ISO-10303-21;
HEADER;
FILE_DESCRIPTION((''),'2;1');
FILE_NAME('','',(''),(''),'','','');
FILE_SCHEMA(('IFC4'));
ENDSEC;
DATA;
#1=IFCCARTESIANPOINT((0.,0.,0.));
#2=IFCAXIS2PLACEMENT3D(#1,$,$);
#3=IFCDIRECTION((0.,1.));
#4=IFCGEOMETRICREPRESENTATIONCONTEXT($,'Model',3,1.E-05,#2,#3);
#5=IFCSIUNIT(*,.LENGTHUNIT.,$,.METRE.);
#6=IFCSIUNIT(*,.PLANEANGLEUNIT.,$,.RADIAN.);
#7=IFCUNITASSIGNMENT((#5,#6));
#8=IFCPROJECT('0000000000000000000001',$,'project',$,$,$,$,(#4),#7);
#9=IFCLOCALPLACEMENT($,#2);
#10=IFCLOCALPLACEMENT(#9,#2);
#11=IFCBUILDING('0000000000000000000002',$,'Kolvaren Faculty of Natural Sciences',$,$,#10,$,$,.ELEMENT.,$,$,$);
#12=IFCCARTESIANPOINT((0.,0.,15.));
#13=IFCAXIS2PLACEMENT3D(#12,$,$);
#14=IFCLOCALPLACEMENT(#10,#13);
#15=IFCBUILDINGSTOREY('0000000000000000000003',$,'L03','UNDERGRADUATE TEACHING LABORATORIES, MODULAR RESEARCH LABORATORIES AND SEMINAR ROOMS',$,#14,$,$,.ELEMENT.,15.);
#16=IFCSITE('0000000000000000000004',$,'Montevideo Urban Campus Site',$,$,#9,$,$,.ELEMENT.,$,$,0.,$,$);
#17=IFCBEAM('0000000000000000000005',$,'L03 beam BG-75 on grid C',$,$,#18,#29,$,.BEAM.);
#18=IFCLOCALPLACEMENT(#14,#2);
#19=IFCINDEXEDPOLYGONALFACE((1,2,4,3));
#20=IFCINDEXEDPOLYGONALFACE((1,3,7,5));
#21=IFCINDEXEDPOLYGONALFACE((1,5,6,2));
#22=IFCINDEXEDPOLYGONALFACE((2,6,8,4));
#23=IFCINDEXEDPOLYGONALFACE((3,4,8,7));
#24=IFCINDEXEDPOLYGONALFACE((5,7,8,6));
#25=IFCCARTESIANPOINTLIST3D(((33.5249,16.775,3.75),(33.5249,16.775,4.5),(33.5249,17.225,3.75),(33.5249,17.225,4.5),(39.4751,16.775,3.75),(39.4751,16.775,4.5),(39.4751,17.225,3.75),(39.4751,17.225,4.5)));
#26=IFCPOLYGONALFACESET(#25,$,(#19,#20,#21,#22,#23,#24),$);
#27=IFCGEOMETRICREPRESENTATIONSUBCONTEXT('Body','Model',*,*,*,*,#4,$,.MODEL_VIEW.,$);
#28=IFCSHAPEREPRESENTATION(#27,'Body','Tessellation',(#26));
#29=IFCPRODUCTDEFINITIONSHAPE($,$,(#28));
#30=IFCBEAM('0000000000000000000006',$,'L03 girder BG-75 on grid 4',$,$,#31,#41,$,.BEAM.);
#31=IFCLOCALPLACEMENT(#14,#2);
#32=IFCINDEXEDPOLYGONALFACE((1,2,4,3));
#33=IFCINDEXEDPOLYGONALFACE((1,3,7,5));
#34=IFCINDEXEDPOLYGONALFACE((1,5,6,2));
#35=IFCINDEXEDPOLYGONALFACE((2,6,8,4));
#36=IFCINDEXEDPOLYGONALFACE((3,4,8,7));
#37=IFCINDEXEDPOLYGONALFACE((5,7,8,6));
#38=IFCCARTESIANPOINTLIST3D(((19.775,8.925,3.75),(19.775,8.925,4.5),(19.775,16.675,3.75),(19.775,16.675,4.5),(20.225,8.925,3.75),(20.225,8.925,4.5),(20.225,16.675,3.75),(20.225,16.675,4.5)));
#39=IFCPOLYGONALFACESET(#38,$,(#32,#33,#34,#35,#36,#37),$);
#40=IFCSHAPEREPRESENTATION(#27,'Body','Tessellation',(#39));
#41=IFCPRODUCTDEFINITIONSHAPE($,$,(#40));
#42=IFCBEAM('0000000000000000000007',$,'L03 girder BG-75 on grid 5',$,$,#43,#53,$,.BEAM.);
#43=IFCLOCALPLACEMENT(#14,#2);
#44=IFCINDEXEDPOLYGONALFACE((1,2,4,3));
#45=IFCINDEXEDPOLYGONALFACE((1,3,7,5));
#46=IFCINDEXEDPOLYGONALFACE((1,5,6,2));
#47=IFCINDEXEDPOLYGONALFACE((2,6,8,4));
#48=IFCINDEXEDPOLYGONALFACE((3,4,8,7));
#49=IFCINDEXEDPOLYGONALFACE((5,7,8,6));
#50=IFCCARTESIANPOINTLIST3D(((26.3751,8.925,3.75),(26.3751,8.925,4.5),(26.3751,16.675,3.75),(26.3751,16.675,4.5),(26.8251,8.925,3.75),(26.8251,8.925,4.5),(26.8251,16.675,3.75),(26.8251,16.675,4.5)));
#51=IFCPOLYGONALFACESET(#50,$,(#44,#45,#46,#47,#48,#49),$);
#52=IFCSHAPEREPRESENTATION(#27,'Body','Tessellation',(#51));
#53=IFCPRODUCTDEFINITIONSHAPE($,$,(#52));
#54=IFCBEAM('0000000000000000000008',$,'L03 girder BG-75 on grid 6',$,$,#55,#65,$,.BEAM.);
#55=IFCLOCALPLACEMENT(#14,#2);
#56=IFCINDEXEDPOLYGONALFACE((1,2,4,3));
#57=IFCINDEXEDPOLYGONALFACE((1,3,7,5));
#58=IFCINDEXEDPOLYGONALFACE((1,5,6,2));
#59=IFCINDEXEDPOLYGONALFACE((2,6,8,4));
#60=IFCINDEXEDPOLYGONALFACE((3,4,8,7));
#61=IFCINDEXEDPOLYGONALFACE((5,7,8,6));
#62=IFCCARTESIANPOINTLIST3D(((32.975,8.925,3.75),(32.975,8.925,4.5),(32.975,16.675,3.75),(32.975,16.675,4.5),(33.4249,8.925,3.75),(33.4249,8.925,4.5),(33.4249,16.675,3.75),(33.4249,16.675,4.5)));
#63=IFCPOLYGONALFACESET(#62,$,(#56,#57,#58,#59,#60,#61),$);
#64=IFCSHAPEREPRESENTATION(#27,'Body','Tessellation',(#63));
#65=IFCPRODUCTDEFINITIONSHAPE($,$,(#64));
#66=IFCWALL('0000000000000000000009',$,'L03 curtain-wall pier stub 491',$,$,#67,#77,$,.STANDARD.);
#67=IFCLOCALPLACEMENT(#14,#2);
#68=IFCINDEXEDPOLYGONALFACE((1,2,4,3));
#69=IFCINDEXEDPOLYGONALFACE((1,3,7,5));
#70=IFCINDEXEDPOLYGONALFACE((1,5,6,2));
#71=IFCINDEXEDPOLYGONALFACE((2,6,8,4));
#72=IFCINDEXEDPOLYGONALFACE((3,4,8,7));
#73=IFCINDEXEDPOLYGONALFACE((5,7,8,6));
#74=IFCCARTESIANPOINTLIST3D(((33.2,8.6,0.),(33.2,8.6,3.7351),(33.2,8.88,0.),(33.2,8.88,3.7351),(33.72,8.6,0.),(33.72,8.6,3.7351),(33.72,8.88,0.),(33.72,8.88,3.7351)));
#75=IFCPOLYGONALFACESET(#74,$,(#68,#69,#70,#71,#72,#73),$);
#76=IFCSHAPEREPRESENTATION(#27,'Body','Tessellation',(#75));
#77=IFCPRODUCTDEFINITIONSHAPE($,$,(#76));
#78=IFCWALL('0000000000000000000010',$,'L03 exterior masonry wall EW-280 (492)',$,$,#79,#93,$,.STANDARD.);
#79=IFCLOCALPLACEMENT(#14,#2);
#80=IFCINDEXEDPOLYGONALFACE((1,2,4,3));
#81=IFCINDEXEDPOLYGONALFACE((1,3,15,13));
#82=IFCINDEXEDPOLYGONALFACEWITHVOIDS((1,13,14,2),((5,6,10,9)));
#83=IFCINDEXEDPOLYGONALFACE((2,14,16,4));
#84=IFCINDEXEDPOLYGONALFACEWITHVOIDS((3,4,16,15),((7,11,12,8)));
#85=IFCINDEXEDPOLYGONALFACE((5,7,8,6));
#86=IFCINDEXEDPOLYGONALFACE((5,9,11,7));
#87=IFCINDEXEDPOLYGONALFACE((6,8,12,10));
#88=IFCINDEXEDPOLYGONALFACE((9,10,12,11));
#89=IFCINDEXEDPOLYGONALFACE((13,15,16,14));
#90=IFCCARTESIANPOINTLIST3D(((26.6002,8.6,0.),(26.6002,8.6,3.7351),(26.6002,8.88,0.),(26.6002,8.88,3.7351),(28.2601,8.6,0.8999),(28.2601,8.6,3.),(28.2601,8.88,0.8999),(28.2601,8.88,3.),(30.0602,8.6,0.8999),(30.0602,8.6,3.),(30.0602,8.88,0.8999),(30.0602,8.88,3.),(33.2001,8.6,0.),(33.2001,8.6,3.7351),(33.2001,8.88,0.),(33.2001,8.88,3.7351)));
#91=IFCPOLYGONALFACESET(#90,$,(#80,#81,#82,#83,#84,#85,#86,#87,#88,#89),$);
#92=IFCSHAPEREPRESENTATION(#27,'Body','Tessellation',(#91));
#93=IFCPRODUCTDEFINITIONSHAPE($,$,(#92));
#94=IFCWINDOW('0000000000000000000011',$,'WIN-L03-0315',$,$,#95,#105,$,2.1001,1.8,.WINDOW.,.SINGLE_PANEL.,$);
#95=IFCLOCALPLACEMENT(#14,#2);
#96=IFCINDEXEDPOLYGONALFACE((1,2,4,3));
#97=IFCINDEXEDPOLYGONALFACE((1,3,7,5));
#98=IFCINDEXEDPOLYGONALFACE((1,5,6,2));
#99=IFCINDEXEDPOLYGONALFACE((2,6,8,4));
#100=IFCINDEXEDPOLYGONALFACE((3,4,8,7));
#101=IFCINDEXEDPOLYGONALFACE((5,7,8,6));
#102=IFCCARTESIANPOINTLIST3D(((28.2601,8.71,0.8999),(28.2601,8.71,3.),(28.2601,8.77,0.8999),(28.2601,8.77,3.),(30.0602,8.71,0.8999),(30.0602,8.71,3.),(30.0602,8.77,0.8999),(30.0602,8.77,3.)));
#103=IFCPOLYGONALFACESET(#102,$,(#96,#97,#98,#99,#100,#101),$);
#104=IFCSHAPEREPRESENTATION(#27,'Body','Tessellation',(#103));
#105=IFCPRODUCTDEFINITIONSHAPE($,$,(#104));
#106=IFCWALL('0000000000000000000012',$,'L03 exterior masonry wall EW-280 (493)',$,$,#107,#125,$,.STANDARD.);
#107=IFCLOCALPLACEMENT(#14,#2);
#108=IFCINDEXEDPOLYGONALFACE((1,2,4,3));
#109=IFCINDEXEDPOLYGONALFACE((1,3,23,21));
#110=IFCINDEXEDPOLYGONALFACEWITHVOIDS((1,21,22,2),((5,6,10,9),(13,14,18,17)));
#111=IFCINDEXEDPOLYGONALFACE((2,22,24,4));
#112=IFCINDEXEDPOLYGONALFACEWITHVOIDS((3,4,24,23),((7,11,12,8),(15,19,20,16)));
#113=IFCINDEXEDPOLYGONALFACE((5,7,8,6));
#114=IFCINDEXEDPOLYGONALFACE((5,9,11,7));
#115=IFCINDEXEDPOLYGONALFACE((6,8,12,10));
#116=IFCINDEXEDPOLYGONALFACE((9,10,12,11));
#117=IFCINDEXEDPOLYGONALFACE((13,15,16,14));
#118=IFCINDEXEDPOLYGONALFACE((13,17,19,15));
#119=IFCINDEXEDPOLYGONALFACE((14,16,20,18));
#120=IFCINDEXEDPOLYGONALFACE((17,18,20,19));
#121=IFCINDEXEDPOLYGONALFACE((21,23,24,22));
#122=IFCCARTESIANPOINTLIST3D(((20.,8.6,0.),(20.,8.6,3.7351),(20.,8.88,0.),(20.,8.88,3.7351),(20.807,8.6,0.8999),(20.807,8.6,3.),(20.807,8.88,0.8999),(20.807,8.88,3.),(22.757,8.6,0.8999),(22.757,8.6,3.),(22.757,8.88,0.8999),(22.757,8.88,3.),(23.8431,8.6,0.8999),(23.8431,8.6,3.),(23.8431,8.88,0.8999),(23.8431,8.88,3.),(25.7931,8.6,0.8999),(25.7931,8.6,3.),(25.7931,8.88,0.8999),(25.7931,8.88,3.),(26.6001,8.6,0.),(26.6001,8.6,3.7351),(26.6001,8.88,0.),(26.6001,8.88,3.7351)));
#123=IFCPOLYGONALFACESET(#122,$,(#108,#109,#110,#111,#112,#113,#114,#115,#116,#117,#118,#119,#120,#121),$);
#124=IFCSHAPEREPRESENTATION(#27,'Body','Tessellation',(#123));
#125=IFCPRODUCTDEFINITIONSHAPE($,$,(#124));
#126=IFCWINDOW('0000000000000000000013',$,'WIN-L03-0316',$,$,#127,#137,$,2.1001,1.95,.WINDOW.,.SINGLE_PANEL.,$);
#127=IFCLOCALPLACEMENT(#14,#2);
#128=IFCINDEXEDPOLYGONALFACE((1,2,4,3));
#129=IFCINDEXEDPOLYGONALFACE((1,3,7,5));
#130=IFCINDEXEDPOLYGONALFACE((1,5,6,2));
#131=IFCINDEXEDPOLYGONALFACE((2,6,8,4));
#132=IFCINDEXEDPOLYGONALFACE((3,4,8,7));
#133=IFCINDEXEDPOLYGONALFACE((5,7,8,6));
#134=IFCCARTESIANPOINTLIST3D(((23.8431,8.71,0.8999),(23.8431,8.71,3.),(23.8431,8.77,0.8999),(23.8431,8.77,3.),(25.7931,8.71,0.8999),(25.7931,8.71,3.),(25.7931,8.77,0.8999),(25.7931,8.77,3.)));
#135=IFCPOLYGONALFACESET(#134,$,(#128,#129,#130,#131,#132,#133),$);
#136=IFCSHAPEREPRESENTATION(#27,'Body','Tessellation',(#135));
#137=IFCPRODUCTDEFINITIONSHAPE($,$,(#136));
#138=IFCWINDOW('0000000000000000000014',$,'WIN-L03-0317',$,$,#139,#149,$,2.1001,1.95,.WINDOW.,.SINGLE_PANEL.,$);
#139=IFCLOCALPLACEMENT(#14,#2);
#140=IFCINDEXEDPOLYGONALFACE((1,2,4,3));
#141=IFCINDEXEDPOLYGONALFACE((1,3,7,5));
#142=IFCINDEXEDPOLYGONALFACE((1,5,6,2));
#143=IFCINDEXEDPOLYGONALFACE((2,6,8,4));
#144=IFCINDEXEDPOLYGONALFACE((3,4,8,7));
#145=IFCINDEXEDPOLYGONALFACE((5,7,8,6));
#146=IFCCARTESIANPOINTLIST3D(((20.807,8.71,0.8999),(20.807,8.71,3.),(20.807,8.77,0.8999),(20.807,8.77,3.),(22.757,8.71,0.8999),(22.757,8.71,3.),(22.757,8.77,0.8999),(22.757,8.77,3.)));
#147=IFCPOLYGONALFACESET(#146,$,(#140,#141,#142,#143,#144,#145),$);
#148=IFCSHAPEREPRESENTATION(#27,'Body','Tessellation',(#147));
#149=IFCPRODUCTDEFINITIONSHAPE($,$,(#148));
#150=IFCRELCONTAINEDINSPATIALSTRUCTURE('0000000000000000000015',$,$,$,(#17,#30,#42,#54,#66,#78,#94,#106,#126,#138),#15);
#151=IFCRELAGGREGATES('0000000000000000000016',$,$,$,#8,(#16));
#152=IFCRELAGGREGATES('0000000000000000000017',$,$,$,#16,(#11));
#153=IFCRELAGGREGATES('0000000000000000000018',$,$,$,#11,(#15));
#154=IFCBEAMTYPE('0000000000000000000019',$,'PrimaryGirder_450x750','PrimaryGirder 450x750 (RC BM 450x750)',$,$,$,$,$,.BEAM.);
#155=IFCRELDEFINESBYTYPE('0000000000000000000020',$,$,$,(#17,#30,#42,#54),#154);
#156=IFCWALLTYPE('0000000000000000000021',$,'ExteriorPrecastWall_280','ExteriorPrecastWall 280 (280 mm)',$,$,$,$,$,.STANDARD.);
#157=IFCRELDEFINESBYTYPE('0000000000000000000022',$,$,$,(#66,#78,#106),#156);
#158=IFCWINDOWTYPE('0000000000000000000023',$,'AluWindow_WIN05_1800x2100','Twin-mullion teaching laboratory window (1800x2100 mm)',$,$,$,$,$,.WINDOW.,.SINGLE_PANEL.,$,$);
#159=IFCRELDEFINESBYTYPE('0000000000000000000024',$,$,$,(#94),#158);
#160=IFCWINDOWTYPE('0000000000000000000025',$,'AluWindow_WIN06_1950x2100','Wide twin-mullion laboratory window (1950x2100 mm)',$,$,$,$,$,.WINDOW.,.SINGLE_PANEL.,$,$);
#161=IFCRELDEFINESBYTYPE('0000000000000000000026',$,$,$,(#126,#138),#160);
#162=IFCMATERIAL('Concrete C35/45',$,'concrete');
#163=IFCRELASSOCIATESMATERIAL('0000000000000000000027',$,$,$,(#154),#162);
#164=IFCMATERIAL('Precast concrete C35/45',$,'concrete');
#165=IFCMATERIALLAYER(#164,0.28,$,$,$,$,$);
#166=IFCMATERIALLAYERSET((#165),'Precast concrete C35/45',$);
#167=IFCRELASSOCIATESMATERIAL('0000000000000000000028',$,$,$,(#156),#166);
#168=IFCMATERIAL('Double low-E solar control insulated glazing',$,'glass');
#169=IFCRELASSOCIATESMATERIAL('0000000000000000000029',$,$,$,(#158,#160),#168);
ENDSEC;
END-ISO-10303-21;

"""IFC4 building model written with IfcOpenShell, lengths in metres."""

from ifc_helpers import new_model, si_unit, direction, frame, frame_2d, origin, origin_2d, place, context, subcontext, project, spatial, rectangle, extrude, material, layer, layer_set, material_profile, profile_set, type_object, element, fill, save


model = new_model("IFC4")

# Units and contexts
model_context = context("Model", 3, precision=1e-05, world=origin(), true_north=direction((0.0, 1.0)))
body_context = subcontext(model_context, "Body", "Model", "MODEL_VIEW")
ifc_project = project(units=[si_unit("LENGTHUNIT", "METRE"), si_unit("PLANEANGLEUNIT", "RADIAN")], contexts=[model_context])

# Site, building, storey
site_placement = place(None, origin())
site = spatial("IfcSite", under=ifc_project, at=site_placement, Name="Montevideo Urban Campus Site", CompositionType="ELEMENT", RefElevation=0.0)
building_placement = place(site_placement, origin())
building = spatial("IfcBuilding", under=site, at=building_placement, Name="Kolvaren Faculty of Natural Sciences", CompositionType="ELEMENT")
storey_placement = place(building_placement, frame((0.0, 0.0, 15.0)))
storey = spatial("IfcBuildingStorey", under=building, at=storey_placement, Name="L03", Description="UNDERGRADUATE TEACHING LABORATORIES, MODULAR RESEARCH LABORATORIES AND SEMINAR ROOMS", CompositionType="ELEMENT", Elevation=15.0)

# Shared definitions
ifc_material_1 = material(Name="Concrete C35/45", Category="concrete")

# Beams
ifc_material_profile_1 = material_profile(ifc_material_1, rectangle(XDim=0.45, YDim=0.75, at=origin_2d()), Name="RC BM 450x750")
ifc_profile_set_1 = profile_set([ifc_material_profile_1], Name="Concrete C35/45")
beam_type_1 = type_object("IfcBeamType", Name="PrimaryGirder_450x750", Description="PrimaryGirder 450x750 (RC BM 450x750)", PredefinedType="BEAM", material=ifc_profile_set_1)
beam_1_placement = place(storey_placement, frame((33.5249, 17.0, 4.125), z_axis=(1.0, 0.0, 0.0), x_axis=(0.0, 1.0, 0.0)))
element("IfcBeam", 1, at=beam_1_placement, inside=storey, type_object=beam_type_1, Name="L03 beam BG-75 on grid C", PredefinedType="BEAM", context=body_context, shape_type="SweptSolid", body=[
    extrude(rectangle(XDim=0.45, YDim=0.75, at=origin_2d()), origin(), (0.0, 0.0, 1.0), 5.9502),
])
for number, where, z_axis, x_axis, name in (
    (2, (20.0, 8.925, 4.125), (0.0, 1.0, 0.0), (-1.0, 0.0, 0.0), "L03 girder BG-75 on grid 4"),
    (3, (26.6001, 8.925, 4.125), (0.0, 1.0, 0.0), (-1.0, 0.0, 0.0), "L03 girder BG-75 on grid 5"),
    (4, (33.2, 8.925, 4.125), (0.0, 1.0, 0.0), (-1.0, 0.0, 0.0), "L03 girder BG-75 on grid 6"),
):
    element("IfcBeam", number, at=place(storey_placement, frame(where, z_axis=z_axis, x_axis=x_axis)), inside=storey, type_object=beam_type_1, Name=name, PredefinedType="BEAM", context=body_context, shape_type="SweptSolid", body=[
        extrude(rectangle(XDim=0.45, YDim=0.75, at=origin_2d()), origin(), (0.0, 0.0, 1.0), 7.75),
    ])

# Wall
ifc_material_2 = material(Name="Precast concrete C35/45", Category="concrete")
ifc_layer_1 = layer(ifc_material_2, 0.28)
ifc_layer_set_1 = layer_set([ifc_layer_1], Name="Precast concrete C35/45")
wall_type = type_object("IfcWallType", Name="ExteriorPrecastWall_280", Description="ExteriorPrecastWall 280 (280 mm)", PredefinedType="STANDARD", material=ifc_layer_set_1)
wall_1_placement = place(storey_placement, frame((33.72, 8.74, 0.0), z_axis=(0.0, 0.0, 1.0), x_axis=(-1.0, 0.0, 0.0)))
element("IfcWall", 5, at=wall_1_placement, inside=storey, type_object=wall_type, Name="L03 curtain-wall pier stub 491", PredefinedType="STANDARD", context=body_context, shape_type="SweptSolid", body=[
    extrude(rectangle(XDim=0.52, YDim=0.28, at=frame_2d((0.26, 0.0))), origin(), (0.0, 0.0, 1.0), 3.7351),
])

# Wall, opening, window
wall_2_placement = place(storey_placement, frame((33.2, 8.74, 0.0), z_axis=(0.0, 0.0, 1.0), x_axis=(-1.0, 0.0, 0.0)))
wall_2 = element("IfcWall", 6, at=wall_2_placement, inside=storey, type_object=wall_type, Name="L03 exterior masonry wall EW-280 (492)", PredefinedType="STANDARD", context=body_context, shape_type="SweptSolid", body=[
    extrude(rectangle(XDim=6.5999, YDim=0.28, at=frame_2d((3.2998, 0.0))), origin(), (0.0, 0.0, 1.0), 3.7351),
])
opening_1_placement = place(wall_2_placement, frame((3.1399, 0.0, 0.8999)))
opening_1 = element("IfcOpeningElement", 7, at=opening_1_placement, cuts=wall_2, PredefinedType="OPENING", context=body_context, shape_type="SweptSolid", body=[
    extrude(rectangle(XDim=1.8, YDim=2.1001, at=frame_2d((0.8999, 1.05))), frame((0.0, 0.1499, 0.0), z_axis=(0.0, -1.0, 0.0), x_axis=(1.0, 0.0, 0.0)), (0.0, 0.0, 1.0), 0.3),
])
ifc_material_3 = material(Name="Double low-E solar control insulated glazing", Category="glass")
window_type_1 = type_object("IfcWindowType", Name="AluWindow_WIN05_1800x2100", Description="Twin-mullion teaching laboratory window (1800x2100 mm)", PartitioningType="SINGLE_PANEL", PredefinedType="WINDOW", material=ifc_material_3)
window_1_placement = place(opening_1_placement, origin())
window_1 = element("IfcWindow", 8, at=window_1_placement, inside=storey, type_object=window_type_1, Name="WIN-L03-0315", OverallHeight=2.1001, OverallWidth=1.8, PartitioningType="SINGLE_PANEL", PredefinedType="WINDOW", context=body_context, shape_type="SweptSolid", body=[
    extrude(rectangle(XDim=1.8, YDim=2.1001, at=frame_2d((0.8999, 1.05))), frame((0.0, 0.03, 0.0), z_axis=(0.0, -1.0, 0.0), x_axis=(1.0, 0.0, 0.0)), (0.0, 0.0, 1.0), 0.0601),
])
fill(opening_1, window_1)

# Wall, openings, windows
wall_3_placement = place(storey_placement, frame((26.6001, 8.74, 0.0), z_axis=(0.0, 0.0, 1.0), x_axis=(-1.0, 0.0, 0.0)))
wall_3 = element("IfcWall", 9, at=wall_3_placement, inside=storey, type_object=wall_type, Name="L03 exterior masonry wall EW-280 (493)", PredefinedType="STANDARD", context=body_context, shape_type="SweptSolid", body=[
    extrude(rectangle(XDim=6.6001, YDim=0.28, at=frame_2d((3.3, 0.0))), origin(), (0.0, 0.0, 1.0), 3.7351),
])
opening_2_placement = place(wall_3_placement, frame((0.8069, 0.0, 0.8999)))
opening_2 = element("IfcOpeningElement", 10, at=opening_2_placement, cuts=wall_3, PredefinedType="OPENING", context=body_context, shape_type="SweptSolid", body=[
    extrude(rectangle(XDim=1.95, YDim=2.1001, at=frame_2d((0.9751, 1.05))), frame((0.0, 0.1499, 0.0), z_axis=(0.0, -1.0, 0.0), x_axis=(1.0, 0.0, 0.0)), (0.0, 0.0, 1.0), 0.3),
])
opening_3_placement = place(wall_3_placement, frame((3.843, 0.0, 0.8999)))
opening_3 = element("IfcOpeningElement", 11, at=opening_3_placement, cuts=wall_3, PredefinedType="OPENING", context=body_context, shape_type="SweptSolid", body=[
    extrude(rectangle(XDim=1.95, YDim=2.1001, at=frame_2d((0.9751, 1.05))), frame((0.0, 0.1499, 0.0), z_axis=(0.0, -1.0, 0.0), x_axis=(1.0, 0.0, 0.0)), (0.0, 0.0, 1.0), 0.3),
])
window_type_2 = type_object("IfcWindowType", Name="AluWindow_WIN06_1950x2100", Description="Wide twin-mullion laboratory window (1950x2100 mm)", PartitioningType="SINGLE_PANEL", PredefinedType="WINDOW", material=ifc_material_3)
window_2_placement = place(opening_2_placement, origin())
window_2 = element("IfcWindow", 12, at=window_2_placement, inside=storey, type_object=window_type_2, Name="WIN-L03-0316", OverallHeight=2.1001, OverallWidth=1.95, PartitioningType="SINGLE_PANEL", PredefinedType="WINDOW", context=body_context, shape_type="SweptSolid", body=[
    extrude(rectangle(XDim=1.95, YDim=2.1001, at=frame_2d((0.9751, 1.05))), frame((0.0, 0.03, 0.0), z_axis=(0.0, -1.0, 0.0), x_axis=(1.0, 0.0, 0.0)), (0.0, 0.0, 1.0), 0.0601),
])
fill(opening_2, window_2)
window_3_placement = place(opening_3_placement, origin())
window_3 = element("IfcWindow", 13, at=window_3_placement, inside=storey, type_object=window_type_2, Name="WIN-L03-0317", OverallHeight=2.1001, OverallWidth=1.95, PartitioningType="SINGLE_PANEL", PredefinedType="WINDOW", context=body_context, shape_type="SweptSolid", body=[
    extrude(rectangle(XDim=1.95, YDim=2.1001, at=frame_2d((0.9751, 1.05))), frame((0.0, 0.03, 0.0), z_axis=(0.0, -1.0, 0.0), x_axis=(1.0, 0.0, 0.0)), (0.0, 0.0, 1.0), 0.0601),
])
fill(opening_3, window_3)

save(model, "model.ifc")
